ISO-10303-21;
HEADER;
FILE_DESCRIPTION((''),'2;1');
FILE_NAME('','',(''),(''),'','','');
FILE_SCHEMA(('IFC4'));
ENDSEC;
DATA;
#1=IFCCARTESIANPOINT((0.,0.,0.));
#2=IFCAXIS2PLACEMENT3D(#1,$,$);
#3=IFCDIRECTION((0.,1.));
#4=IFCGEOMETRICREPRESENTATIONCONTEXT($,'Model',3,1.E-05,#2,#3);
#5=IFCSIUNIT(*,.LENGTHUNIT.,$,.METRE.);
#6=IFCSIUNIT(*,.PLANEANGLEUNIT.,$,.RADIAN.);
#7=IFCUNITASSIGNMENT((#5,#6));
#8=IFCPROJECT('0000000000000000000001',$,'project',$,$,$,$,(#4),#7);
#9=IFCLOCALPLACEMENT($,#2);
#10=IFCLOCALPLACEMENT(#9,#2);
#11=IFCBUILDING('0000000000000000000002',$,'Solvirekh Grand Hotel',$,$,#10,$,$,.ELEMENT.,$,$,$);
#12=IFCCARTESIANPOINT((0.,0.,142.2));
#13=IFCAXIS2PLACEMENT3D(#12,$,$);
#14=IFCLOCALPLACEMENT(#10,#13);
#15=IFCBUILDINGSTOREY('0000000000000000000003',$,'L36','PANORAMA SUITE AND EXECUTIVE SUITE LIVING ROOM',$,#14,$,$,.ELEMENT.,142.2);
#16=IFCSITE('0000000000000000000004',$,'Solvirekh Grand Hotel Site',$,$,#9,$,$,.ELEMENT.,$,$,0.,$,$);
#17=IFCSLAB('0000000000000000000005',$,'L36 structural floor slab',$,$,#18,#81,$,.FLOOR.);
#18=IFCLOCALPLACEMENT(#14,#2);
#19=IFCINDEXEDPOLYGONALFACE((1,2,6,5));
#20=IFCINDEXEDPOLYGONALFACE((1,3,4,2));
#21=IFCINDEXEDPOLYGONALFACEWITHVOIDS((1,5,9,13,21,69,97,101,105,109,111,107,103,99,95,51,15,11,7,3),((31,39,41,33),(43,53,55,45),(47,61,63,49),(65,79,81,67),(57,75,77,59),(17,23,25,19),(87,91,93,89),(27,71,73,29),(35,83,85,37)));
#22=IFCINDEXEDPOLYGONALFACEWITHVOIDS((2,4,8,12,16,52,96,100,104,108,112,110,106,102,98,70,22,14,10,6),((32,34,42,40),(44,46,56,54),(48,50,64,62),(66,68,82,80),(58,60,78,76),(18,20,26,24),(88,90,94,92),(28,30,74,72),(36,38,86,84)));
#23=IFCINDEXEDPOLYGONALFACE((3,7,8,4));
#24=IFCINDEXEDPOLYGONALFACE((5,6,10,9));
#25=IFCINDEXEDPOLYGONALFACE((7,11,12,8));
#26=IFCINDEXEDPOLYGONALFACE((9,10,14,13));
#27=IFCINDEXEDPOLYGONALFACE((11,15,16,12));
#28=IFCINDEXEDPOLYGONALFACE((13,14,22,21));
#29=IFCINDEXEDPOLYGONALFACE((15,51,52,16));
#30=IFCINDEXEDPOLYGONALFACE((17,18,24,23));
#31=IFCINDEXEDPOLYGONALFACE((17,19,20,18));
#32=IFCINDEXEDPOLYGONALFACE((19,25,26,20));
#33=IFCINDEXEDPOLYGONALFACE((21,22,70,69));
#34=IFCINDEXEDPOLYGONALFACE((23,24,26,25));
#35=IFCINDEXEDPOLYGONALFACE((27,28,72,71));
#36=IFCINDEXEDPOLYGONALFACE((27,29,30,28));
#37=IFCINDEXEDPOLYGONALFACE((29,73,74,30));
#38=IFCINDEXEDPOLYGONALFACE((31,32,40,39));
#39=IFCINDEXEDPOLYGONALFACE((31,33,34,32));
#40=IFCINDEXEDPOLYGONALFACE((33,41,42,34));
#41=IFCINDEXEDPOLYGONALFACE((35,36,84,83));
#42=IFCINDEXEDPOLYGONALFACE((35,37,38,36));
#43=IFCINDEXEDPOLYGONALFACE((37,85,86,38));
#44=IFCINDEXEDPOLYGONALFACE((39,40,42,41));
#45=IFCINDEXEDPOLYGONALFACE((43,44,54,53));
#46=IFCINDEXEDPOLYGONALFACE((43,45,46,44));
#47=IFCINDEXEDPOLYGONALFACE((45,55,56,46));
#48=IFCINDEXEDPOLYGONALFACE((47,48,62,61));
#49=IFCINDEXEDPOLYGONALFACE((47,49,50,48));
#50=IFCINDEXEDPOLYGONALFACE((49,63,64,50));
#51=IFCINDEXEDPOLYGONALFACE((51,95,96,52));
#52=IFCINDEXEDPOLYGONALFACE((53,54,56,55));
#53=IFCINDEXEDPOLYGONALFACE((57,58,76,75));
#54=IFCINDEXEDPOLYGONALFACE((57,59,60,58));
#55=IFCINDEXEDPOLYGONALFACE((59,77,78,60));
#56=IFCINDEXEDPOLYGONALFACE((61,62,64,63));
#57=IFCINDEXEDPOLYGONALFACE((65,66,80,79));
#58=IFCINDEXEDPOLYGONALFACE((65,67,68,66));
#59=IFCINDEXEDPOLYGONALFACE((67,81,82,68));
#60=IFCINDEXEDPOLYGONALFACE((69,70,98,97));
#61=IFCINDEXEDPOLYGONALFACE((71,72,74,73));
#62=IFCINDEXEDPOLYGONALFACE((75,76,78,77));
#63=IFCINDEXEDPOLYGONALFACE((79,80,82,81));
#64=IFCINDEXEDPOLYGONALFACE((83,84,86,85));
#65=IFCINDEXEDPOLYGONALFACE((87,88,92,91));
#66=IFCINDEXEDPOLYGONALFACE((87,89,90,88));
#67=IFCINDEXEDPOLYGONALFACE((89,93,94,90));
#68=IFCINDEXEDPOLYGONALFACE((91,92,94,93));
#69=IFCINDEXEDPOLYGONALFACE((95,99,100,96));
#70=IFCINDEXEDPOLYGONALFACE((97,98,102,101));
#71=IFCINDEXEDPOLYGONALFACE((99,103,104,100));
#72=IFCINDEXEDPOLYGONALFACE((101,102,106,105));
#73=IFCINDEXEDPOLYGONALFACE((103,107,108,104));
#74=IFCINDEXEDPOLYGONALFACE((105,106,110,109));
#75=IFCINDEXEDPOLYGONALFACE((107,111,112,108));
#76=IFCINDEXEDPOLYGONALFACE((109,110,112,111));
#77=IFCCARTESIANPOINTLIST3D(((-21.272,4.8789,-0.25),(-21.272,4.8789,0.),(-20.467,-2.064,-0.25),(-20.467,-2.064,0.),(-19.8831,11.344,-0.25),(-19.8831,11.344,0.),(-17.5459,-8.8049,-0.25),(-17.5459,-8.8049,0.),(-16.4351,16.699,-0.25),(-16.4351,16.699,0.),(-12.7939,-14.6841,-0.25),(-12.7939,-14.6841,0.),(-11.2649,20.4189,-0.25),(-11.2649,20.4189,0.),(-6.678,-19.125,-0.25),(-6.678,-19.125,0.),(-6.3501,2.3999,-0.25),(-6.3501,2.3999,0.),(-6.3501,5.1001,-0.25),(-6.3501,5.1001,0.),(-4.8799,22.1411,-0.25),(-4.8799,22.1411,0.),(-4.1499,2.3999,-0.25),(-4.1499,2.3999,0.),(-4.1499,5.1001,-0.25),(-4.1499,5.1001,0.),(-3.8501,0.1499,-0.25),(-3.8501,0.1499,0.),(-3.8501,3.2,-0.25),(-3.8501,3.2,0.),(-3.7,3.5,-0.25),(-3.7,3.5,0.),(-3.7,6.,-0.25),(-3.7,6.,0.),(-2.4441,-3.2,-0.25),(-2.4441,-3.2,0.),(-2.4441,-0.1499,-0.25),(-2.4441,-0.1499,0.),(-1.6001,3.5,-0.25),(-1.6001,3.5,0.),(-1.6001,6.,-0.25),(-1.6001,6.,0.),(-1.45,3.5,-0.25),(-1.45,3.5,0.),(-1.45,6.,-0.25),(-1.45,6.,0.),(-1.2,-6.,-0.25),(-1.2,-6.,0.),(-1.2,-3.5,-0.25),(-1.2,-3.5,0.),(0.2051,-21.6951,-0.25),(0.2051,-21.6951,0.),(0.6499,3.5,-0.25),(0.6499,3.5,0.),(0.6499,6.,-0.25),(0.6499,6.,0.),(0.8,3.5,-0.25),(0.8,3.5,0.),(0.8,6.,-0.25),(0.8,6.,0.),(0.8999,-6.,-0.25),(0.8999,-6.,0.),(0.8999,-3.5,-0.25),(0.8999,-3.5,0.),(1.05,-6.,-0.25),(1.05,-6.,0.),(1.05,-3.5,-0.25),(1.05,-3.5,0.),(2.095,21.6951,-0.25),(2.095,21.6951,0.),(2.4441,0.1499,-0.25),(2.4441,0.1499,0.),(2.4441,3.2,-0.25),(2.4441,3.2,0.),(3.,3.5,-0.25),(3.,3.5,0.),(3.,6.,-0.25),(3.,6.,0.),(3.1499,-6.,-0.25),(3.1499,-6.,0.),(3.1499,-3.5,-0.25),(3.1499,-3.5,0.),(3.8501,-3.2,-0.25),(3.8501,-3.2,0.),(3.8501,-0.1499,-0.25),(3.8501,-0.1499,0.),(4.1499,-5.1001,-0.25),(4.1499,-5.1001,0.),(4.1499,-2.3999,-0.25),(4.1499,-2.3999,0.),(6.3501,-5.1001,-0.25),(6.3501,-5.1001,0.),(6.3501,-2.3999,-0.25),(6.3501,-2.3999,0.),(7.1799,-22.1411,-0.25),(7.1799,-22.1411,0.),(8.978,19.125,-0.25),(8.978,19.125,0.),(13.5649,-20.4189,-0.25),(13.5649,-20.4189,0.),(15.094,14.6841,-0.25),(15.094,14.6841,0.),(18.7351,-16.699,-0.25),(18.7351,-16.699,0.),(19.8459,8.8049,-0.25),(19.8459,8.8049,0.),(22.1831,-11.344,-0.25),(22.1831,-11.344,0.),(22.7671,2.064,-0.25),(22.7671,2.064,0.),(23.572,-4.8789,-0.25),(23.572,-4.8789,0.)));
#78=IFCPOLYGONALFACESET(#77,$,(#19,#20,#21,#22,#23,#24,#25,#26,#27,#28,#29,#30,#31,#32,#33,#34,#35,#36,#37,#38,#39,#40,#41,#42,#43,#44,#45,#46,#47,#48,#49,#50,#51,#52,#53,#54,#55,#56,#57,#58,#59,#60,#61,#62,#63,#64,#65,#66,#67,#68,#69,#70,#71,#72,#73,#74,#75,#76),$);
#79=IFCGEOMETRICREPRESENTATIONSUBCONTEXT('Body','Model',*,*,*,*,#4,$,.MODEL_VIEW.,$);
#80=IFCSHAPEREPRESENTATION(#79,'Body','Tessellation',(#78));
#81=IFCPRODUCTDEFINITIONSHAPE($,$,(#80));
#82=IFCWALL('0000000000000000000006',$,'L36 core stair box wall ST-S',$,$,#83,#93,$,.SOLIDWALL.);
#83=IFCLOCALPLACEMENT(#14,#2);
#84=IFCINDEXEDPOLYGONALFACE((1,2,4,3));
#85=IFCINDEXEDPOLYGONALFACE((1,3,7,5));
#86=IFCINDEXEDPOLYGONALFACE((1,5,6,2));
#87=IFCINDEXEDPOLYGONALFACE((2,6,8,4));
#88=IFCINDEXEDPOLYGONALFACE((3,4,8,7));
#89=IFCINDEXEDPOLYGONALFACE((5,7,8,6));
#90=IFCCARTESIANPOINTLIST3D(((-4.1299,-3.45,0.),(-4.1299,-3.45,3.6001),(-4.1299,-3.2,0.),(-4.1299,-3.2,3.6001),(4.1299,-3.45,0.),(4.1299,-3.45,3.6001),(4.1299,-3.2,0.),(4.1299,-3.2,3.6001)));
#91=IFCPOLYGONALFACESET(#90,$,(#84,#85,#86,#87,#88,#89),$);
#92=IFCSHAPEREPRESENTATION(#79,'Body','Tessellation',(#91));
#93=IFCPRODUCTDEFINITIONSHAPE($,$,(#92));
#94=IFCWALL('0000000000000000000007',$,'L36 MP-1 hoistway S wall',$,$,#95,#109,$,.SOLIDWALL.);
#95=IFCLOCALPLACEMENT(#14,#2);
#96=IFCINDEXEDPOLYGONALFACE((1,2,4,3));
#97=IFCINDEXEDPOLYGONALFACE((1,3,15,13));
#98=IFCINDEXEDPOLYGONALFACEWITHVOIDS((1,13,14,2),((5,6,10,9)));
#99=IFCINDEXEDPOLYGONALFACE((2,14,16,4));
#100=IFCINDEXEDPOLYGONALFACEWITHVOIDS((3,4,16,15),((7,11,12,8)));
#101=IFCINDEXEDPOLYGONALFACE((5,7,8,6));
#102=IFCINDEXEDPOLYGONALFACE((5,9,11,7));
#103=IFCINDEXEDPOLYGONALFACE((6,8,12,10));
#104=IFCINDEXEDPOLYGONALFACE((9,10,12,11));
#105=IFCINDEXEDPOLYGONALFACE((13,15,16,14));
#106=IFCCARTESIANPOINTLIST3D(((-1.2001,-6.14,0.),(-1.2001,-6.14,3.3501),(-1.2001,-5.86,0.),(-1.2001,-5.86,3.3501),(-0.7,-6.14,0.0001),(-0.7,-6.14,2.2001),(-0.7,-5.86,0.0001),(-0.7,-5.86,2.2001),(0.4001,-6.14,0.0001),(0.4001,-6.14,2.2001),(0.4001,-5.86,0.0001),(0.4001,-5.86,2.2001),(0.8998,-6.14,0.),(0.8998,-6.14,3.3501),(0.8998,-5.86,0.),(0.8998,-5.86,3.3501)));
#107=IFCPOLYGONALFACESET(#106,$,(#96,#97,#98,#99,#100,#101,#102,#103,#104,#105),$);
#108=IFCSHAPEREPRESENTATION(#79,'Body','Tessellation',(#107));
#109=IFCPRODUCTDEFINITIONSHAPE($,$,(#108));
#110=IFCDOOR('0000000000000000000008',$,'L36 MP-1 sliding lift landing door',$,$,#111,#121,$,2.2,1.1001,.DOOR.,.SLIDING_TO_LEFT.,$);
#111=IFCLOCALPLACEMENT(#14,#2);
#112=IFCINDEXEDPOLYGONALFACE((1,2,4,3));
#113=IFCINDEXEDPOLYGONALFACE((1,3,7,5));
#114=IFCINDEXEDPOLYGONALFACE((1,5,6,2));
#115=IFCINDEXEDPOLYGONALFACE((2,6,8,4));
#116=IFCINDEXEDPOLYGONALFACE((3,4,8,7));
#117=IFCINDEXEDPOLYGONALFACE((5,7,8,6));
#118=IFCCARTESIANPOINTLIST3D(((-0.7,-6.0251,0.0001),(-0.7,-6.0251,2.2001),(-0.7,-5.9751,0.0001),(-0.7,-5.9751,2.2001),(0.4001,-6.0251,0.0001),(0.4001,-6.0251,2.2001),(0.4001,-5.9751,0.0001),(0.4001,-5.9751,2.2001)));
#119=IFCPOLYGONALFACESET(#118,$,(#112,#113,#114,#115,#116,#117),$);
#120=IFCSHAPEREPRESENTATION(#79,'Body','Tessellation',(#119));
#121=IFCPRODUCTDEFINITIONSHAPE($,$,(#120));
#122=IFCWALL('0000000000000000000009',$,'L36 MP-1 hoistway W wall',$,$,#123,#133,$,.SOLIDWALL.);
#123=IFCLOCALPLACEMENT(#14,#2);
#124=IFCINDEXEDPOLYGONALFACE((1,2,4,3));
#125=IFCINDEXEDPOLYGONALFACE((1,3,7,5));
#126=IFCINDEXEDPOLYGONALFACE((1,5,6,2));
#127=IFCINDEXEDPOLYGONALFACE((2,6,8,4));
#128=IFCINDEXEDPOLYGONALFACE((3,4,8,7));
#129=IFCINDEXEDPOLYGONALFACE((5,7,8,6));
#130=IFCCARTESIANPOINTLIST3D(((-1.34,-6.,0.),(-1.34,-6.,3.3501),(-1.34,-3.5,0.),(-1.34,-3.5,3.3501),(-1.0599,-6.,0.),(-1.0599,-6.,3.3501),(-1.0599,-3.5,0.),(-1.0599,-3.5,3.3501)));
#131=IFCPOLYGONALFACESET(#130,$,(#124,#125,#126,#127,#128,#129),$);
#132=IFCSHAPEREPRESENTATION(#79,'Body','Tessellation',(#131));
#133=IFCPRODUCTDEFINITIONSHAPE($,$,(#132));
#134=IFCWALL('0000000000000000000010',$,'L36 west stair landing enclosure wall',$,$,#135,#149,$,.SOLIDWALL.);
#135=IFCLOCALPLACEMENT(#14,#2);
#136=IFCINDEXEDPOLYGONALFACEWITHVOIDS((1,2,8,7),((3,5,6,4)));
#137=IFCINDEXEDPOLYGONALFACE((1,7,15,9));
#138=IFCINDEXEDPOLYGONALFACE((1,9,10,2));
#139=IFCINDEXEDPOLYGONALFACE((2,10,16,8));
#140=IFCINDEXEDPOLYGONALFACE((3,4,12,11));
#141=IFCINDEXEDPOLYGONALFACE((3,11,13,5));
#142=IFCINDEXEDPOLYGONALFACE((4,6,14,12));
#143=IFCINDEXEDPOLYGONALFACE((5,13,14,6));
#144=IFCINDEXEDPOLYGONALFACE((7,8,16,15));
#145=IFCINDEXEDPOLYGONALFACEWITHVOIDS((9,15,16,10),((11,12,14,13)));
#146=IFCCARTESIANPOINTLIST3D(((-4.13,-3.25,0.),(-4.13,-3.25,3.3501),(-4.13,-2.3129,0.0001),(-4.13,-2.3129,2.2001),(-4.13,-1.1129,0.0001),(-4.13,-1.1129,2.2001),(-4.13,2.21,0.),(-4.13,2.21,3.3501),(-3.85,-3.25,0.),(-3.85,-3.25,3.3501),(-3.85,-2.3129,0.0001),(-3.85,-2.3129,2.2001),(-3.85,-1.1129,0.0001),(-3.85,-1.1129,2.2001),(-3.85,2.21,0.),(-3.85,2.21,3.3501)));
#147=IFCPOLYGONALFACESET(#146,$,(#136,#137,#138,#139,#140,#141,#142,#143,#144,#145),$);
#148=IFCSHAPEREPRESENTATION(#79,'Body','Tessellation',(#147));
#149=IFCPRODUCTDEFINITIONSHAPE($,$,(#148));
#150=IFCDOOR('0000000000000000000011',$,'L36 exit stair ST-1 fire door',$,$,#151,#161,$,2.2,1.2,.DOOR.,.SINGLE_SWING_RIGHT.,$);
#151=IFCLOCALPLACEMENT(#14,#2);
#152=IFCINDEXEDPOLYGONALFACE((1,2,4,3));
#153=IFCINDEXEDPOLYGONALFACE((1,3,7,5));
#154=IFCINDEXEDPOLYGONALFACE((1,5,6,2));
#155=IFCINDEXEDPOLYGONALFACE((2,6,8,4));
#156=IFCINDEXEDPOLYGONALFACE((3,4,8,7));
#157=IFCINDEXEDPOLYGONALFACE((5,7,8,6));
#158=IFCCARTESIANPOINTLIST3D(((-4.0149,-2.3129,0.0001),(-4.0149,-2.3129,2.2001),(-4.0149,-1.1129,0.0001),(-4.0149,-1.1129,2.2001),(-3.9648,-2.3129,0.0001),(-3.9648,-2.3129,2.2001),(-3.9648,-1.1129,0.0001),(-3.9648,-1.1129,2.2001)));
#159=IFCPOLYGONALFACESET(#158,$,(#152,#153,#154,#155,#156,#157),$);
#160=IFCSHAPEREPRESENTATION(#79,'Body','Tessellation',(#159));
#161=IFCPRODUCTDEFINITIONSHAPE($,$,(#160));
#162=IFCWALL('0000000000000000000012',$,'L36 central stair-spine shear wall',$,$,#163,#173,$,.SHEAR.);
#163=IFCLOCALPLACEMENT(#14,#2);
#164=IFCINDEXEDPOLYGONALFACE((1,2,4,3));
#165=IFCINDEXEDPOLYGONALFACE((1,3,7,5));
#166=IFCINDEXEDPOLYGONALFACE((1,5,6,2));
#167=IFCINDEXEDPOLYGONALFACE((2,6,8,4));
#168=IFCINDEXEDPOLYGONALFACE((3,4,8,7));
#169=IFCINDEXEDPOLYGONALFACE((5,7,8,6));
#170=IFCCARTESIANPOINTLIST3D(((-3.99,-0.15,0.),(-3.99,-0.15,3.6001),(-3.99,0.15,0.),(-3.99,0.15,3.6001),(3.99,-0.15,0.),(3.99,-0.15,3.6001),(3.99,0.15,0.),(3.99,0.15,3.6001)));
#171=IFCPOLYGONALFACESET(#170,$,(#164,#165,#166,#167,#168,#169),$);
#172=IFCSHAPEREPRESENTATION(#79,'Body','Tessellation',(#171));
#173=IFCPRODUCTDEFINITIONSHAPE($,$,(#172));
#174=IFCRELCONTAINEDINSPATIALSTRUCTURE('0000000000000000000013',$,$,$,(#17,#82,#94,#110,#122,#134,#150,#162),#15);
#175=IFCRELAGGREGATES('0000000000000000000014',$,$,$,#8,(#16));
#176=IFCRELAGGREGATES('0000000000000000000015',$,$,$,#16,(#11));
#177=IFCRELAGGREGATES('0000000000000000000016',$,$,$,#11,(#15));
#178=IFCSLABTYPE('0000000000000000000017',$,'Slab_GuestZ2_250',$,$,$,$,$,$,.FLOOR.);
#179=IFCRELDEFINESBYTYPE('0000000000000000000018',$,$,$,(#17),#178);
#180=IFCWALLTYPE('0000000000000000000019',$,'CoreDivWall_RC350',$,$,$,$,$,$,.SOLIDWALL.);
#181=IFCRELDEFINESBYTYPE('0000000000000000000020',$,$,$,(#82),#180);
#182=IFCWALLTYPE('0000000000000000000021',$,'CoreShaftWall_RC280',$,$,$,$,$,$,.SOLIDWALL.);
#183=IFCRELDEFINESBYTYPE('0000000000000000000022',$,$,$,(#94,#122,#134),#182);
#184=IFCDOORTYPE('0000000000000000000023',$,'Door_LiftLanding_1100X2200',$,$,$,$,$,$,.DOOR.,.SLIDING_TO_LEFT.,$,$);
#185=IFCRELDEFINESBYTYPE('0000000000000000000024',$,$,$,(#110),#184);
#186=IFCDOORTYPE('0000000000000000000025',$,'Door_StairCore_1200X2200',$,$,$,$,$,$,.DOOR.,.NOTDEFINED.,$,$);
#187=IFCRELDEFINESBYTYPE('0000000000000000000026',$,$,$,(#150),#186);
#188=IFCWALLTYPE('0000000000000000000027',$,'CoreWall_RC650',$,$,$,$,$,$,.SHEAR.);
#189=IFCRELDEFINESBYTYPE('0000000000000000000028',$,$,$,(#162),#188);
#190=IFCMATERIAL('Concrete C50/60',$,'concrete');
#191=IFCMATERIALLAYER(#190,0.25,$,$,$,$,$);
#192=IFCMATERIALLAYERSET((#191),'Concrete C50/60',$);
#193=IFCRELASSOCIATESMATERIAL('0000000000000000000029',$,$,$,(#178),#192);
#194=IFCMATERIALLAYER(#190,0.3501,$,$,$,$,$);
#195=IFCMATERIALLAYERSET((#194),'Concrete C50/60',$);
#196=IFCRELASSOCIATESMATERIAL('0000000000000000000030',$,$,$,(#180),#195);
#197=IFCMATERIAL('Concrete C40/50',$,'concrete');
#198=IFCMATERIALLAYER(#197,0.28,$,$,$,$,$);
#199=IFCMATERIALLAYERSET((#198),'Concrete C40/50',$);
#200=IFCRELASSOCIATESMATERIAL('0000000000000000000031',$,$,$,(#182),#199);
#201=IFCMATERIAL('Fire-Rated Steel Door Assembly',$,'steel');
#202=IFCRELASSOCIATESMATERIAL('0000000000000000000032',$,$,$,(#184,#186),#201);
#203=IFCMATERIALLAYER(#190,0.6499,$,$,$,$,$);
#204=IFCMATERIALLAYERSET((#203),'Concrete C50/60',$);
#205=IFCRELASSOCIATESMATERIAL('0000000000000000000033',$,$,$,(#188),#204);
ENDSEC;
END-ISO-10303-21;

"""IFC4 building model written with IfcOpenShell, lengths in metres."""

from ifc_helpers import new_model, si_unit, direction, frame, frame_2d, origin, place, context, subcontext, project, spatial, polyline, rectangle, outline, extrude, material, layer, layer_set, type_object, element, fill, save


model = new_model("IFC4")

# Units and contexts
model_context = context("Model", 3, precision=1e-05, world=origin(), true_north=direction((0.0, 1.0)))
body_context = subcontext(model_context, "Body", "Model", "MODEL_VIEW")
ifc_project = project(units=[si_unit("LENGTHUNIT", "METRE"), si_unit("PLANEANGLEUNIT", "RADIAN")], contexts=[model_context])

# Site, building, storey
site_placement = place(None, origin())
site = spatial("IfcSite", under=ifc_project, at=site_placement, Name="Solvirekh Grand Hotel Site", CompositionType="ELEMENT", RefElevation=0.0)
building_placement = place(site_placement, origin())
building = spatial("IfcBuilding", under=site, at=building_placement, Name="Solvirekh Grand Hotel", CompositionType="ELEMENT")
storey_placement = place(building_placement, frame((0.0, 0.0, 142.2)))
storey = spatial("IfcBuildingStorey", under=building, at=storey_placement, Name="L36", Description="PANORAMA SUITE AND EXECUTIVE SUITE LIVING ROOM", CompositionType="ELEMENT", Elevation=142.2)

# Shared definitions
ifc_material_1 = material(Name="Concrete C50/60", Category="concrete")

# Shared definitions
ifc_material_2 = material(Name="Concrete C40/50", Category="concrete")

# Slab
ifc_layer_1 = layer(ifc_material_1, 0.25)
ifc_layer_set_1 = layer_set([ifc_layer_1], Name="Concrete C50/60")
slab_type_1 = type_object("IfcSlabType", Name="Slab_GuestZ2_250", PredefinedType="FLOOR", material=ifc_layer_set_1)
slab_1_placement = place(storey_placement, frame((0.0, 0.0, -0.25)))
element("IfcSlab", 1, at=slab_1_placement, inside=storey, type_object=slab_type_1, Name="L36 structural floor slab", PredefinedType="FLOOR", context=body_context, shape_type="SweptSolid", body=[
    extrude(outline(polyline([(18.7351, -16.699), (22.1831, -11.344), (23.572, -4.8789), (22.7671, 2.064), (19.8459, 8.8049), (15.094, 14.6841), (8.978, 19.125), (2.095, 21.6951), (-4.8799, 22.1411), (-11.2649, 20.4189), (-16.4351, 16.699), (-19.8831, 11.344), (-21.272, 4.8789), (-20.467, -2.064), (-17.5459, -8.8049), (-12.7939, -14.6841), (-6.678, -19.125), (0.2051, -21.6951), (7.1799, -22.1411), (13.5649, -20.4189), (18.7351, -16.699)]), holes=[polyline([(-2.4441, -0.1499), (3.8501, -0.1499), (3.8501, -3.2), (-2.4441, -3.2), (-2.4441, -0.1499)]), polyline([(2.4441, 0.1499), (-3.8501, 0.1499), (-3.8501, 3.2), (2.4441, 3.2), (2.4441, 0.1499)]), polyline([(-1.2, -3.5), (0.8999, -3.5), (0.8999, -6.0), (-1.2, -6.0), (-1.2, -3.5)]), polyline([(1.05, -3.5), (3.1499, -3.5), (3.1499, -6.0), (1.05, -6.0), (1.05, -3.5)]), polyline([(-3.7, 6.0), (-1.6001, 6.0), (-1.6001, 3.5), (-3.7, 3.5), (-3.7, 6.0)]), polyline([(-1.45, 6.0), (0.6499, 6.0), (0.6499, 3.5), (-1.45, 3.5), (-1.45, 6.0)]), polyline([(0.8, 6.0), (3.0, 6.0), (3.0, 3.5), (0.8, 3.5), (0.8, 6.0)]), polyline([(-6.3501, 5.1001), (-4.1499, 5.1001), (-4.1499, 2.3999), (-6.3501, 2.3999), (-6.3501, 5.1001)]), polyline([(4.1499, -2.3999), (6.3501, -2.3999), (6.3501, -5.1001), (4.1499, -5.1001), (4.1499, -2.3999)])]), origin(), (0.0, 0.0, 1.0), 0.25),
])

# Wall
ifc_layer_2 = layer(ifc_material_1, 0.3501)
ifc_layer_set_2 = layer_set([ifc_layer_2], Name="Concrete C50/60")
wall_type_1 = type_object("IfcWallType", Name="CoreDivWall_RC350", PredefinedType="SOLIDWALL", material=ifc_layer_set_2)
wall_1_placement = place(storey_placement, frame((-4.1299, -3.325, 0.0), z_axis=(0.0, 0.0, 1.0), x_axis=(1.0, 0.0, 0.0)))
element("IfcWall", 2, at=wall_1_placement, inside=storey, type_object=wall_type_1, Name="L36 core stair box wall ST-S", PredefinedType="SOLIDWALL", context=body_context, shape_type="SweptSolid", body=[
    extrude(rectangle(XDim=8.2598, YDim=0.25, at=frame_2d((4.1299, 0.0))), origin(), (0.0, 0.0, 1.0), 3.6001),
])

# Wall, opening, door
ifc_layer_3 = layer(ifc_material_2, 0.28)
ifc_layer_set_3 = layer_set([ifc_layer_3], Name="Concrete C40/50")
wall_type_2 = type_object("IfcWallType", Name="CoreShaftWall_RC280", PredefinedType="SOLIDWALL", material=ifc_layer_set_3)
wall_2_placement = place(storey_placement, frame((-1.2, -6.0, 0.0), z_axis=(0.0, 0.0, 1.0), x_axis=(1.0, 0.0, 0.0)))
wall_2 = element("IfcWall", 3, at=wall_2_placement, inside=storey, type_object=wall_type_2, Name="L36 MP-1 hoistway S wall", PredefinedType="SOLIDWALL", context=body_context, shape_type="SweptSolid", body=[
    extrude(rectangle(XDim=2.0999, YDim=0.28, at=frame_2d((1.0498, 0.0))), origin(), (0.0, 0.0, 1.0), 3.3501),
])
opening_1_placement = place(wall_2_placement, frame((0.5, 0.0, 0.0)))
opening_1 = element("IfcOpeningElement", 4, at=opening_1_placement, cuts=wall_2, PredefinedType="OPENING", context=body_context, shape_type="SweptSolid", body=[
    extrude(rectangle(XDim=1.1001, YDim=2.2, at=frame_2d((0.55, 1.1001))), frame((0.0, 0.1499, 0.0), z_axis=(0.0, -1.0, 0.0), x_axis=(1.0, 0.0, 0.0)), (0.0, 0.0, 1.0), 0.3),
])
ifc_material_3 = material(Name="Fire-Rated Steel Door Assembly", Category="steel")
door_type_1 = type_object("IfcDoorType", Name="Door_LiftLanding_1100X2200", OperationType="SLIDING_TO_LEFT", PredefinedType="DOOR", material=ifc_material_3)
door_1_placement = place(opening_1_placement, origin())
door_1 = element("IfcDoor", 5, at=door_1_placement, inside=storey, type_object=door_type_1, Name="L36 MP-1 sliding lift landing door", OperationType="SLIDING_TO_LEFT", OverallHeight=2.2, OverallWidth=1.1001, PredefinedType="DOOR", context=body_context, shape_type="SweptSolid", body=[
    extrude(rectangle(XDim=1.1001, YDim=2.2, at=frame_2d((0.55, 1.1001))), frame((0.0, 0.0249, 0.0), z_axis=(0.0, -1.0, 0.0), x_axis=(1.0, 0.0, 0.0)), (0.0, 0.0, 1.0), 0.05),
])
fill(opening_1, door_1)

# Wall
wall_3_placement = place(storey_placement, frame((-1.2, -3.5, 0.0), z_axis=(0.0, 0.0, 1.0), x_axis=(0.0, -1.0, 0.0)))
element("IfcWall", 6, at=wall_3_placement, inside=storey, type_object=wall_type_2, Name="L36 MP-1 hoistway W wall", PredefinedType="SOLIDWALL", context=body_context, shape_type="SweptSolid", body=[
    extrude(rectangle(XDim=2.5, YDim=0.28, at=frame_2d((1.25, 0.0))), origin(), (0.0, 0.0, 1.0), 3.3501),
])

# Wall, opening, door
wall_4_placement = place(storey_placement, frame((-3.99, -3.25, 0.0), z_axis=(0.0, 0.0, 1.0), x_axis=(0.0, 1.0, 0.0)))
wall_4 = element("IfcWall", 7, at=wall_4_placement, inside=storey, type_object=wall_type_2, Name="L36 west stair landing enclosure wall", PredefinedType="SOLIDWALL", context=body_context, shape_type="SweptSolid", body=[
    extrude(rectangle(XDim=5.46, YDim=0.28, at=frame_2d((2.73, 0.0))), origin(), (0.0, 0.0, 1.0), 3.3501),
])
opening_2_placement = place(wall_4_placement, frame((0.937, 0.0, 0.0)))
opening_2 = element("IfcOpeningElement", 8, at=opening_2_placement, cuts=wall_4, PredefinedType="OPENING", context=body_context, shape_type="SweptSolid", body=[
    extrude(rectangle(XDim=1.2, YDim=2.2, at=frame_2d((0.6001, 1.1001))), frame((0.0, 0.1499, 0.0), z_axis=(0.0, -1.0, 0.0), x_axis=(1.0, 0.0, 0.0)), (0.0, 0.0, 1.0), 0.3),
])
door_type_2 = type_object("IfcDoorType", Name="Door_StairCore_1200X2200", OperationType="NOTDEFINED", PredefinedType="DOOR", material=ifc_material_3)
door_2_placement = place(opening_2_placement, origin())
door_2 = element("IfcDoor", 9, at=door_2_placement, inside=storey, type_object=door_type_2, Name="L36 exit stair ST-1 fire door", OperationType="SINGLE_SWING_RIGHT", OverallHeight=2.2, OverallWidth=1.2, PredefinedType="DOOR", context=body_context, shape_type="SweptSolid", body=[
    extrude(rectangle(XDim=1.2, YDim=2.2, at=frame_2d((0.6001, 1.1001))), frame((0.0, 0.0249, 0.0), z_axis=(0.0, -1.0, 0.0), x_axis=(1.0, 0.0, 0.0)), (0.0, 0.0, 1.0), 0.05),
])
fill(opening_2, door_2)

# Wall
ifc_layer_4 = layer(ifc_material_1, 0.6499)
ifc_layer_set_4 = layer_set([ifc_layer_4], Name="Concrete C50/60")
wall_type_3 = type_object("IfcWallType", Name="CoreWall_RC650", PredefinedType="SHEAR", material=ifc_layer_set_4)
wall_5_placement = place(storey_placement, frame((-3.99, 0.0, 0.0), z_axis=(0.0, 0.0, 1.0), x_axis=(1.0, 0.0, 0.0)))
element("IfcWall", 10, at=wall_5_placement, inside=storey, type_object=wall_type_3, Name="L36 central stair-spine shear wall", PredefinedType="SHEAR", context=body_context, shape_type="SweptSolid", body=[
    extrude(rectangle(XDim=7.98, YDim=0.3, at=frame_2d((3.99, 0.0))), origin(), (0.0, 0.0, 1.0), 3.6001),
])

save(model, "model.ifc")
